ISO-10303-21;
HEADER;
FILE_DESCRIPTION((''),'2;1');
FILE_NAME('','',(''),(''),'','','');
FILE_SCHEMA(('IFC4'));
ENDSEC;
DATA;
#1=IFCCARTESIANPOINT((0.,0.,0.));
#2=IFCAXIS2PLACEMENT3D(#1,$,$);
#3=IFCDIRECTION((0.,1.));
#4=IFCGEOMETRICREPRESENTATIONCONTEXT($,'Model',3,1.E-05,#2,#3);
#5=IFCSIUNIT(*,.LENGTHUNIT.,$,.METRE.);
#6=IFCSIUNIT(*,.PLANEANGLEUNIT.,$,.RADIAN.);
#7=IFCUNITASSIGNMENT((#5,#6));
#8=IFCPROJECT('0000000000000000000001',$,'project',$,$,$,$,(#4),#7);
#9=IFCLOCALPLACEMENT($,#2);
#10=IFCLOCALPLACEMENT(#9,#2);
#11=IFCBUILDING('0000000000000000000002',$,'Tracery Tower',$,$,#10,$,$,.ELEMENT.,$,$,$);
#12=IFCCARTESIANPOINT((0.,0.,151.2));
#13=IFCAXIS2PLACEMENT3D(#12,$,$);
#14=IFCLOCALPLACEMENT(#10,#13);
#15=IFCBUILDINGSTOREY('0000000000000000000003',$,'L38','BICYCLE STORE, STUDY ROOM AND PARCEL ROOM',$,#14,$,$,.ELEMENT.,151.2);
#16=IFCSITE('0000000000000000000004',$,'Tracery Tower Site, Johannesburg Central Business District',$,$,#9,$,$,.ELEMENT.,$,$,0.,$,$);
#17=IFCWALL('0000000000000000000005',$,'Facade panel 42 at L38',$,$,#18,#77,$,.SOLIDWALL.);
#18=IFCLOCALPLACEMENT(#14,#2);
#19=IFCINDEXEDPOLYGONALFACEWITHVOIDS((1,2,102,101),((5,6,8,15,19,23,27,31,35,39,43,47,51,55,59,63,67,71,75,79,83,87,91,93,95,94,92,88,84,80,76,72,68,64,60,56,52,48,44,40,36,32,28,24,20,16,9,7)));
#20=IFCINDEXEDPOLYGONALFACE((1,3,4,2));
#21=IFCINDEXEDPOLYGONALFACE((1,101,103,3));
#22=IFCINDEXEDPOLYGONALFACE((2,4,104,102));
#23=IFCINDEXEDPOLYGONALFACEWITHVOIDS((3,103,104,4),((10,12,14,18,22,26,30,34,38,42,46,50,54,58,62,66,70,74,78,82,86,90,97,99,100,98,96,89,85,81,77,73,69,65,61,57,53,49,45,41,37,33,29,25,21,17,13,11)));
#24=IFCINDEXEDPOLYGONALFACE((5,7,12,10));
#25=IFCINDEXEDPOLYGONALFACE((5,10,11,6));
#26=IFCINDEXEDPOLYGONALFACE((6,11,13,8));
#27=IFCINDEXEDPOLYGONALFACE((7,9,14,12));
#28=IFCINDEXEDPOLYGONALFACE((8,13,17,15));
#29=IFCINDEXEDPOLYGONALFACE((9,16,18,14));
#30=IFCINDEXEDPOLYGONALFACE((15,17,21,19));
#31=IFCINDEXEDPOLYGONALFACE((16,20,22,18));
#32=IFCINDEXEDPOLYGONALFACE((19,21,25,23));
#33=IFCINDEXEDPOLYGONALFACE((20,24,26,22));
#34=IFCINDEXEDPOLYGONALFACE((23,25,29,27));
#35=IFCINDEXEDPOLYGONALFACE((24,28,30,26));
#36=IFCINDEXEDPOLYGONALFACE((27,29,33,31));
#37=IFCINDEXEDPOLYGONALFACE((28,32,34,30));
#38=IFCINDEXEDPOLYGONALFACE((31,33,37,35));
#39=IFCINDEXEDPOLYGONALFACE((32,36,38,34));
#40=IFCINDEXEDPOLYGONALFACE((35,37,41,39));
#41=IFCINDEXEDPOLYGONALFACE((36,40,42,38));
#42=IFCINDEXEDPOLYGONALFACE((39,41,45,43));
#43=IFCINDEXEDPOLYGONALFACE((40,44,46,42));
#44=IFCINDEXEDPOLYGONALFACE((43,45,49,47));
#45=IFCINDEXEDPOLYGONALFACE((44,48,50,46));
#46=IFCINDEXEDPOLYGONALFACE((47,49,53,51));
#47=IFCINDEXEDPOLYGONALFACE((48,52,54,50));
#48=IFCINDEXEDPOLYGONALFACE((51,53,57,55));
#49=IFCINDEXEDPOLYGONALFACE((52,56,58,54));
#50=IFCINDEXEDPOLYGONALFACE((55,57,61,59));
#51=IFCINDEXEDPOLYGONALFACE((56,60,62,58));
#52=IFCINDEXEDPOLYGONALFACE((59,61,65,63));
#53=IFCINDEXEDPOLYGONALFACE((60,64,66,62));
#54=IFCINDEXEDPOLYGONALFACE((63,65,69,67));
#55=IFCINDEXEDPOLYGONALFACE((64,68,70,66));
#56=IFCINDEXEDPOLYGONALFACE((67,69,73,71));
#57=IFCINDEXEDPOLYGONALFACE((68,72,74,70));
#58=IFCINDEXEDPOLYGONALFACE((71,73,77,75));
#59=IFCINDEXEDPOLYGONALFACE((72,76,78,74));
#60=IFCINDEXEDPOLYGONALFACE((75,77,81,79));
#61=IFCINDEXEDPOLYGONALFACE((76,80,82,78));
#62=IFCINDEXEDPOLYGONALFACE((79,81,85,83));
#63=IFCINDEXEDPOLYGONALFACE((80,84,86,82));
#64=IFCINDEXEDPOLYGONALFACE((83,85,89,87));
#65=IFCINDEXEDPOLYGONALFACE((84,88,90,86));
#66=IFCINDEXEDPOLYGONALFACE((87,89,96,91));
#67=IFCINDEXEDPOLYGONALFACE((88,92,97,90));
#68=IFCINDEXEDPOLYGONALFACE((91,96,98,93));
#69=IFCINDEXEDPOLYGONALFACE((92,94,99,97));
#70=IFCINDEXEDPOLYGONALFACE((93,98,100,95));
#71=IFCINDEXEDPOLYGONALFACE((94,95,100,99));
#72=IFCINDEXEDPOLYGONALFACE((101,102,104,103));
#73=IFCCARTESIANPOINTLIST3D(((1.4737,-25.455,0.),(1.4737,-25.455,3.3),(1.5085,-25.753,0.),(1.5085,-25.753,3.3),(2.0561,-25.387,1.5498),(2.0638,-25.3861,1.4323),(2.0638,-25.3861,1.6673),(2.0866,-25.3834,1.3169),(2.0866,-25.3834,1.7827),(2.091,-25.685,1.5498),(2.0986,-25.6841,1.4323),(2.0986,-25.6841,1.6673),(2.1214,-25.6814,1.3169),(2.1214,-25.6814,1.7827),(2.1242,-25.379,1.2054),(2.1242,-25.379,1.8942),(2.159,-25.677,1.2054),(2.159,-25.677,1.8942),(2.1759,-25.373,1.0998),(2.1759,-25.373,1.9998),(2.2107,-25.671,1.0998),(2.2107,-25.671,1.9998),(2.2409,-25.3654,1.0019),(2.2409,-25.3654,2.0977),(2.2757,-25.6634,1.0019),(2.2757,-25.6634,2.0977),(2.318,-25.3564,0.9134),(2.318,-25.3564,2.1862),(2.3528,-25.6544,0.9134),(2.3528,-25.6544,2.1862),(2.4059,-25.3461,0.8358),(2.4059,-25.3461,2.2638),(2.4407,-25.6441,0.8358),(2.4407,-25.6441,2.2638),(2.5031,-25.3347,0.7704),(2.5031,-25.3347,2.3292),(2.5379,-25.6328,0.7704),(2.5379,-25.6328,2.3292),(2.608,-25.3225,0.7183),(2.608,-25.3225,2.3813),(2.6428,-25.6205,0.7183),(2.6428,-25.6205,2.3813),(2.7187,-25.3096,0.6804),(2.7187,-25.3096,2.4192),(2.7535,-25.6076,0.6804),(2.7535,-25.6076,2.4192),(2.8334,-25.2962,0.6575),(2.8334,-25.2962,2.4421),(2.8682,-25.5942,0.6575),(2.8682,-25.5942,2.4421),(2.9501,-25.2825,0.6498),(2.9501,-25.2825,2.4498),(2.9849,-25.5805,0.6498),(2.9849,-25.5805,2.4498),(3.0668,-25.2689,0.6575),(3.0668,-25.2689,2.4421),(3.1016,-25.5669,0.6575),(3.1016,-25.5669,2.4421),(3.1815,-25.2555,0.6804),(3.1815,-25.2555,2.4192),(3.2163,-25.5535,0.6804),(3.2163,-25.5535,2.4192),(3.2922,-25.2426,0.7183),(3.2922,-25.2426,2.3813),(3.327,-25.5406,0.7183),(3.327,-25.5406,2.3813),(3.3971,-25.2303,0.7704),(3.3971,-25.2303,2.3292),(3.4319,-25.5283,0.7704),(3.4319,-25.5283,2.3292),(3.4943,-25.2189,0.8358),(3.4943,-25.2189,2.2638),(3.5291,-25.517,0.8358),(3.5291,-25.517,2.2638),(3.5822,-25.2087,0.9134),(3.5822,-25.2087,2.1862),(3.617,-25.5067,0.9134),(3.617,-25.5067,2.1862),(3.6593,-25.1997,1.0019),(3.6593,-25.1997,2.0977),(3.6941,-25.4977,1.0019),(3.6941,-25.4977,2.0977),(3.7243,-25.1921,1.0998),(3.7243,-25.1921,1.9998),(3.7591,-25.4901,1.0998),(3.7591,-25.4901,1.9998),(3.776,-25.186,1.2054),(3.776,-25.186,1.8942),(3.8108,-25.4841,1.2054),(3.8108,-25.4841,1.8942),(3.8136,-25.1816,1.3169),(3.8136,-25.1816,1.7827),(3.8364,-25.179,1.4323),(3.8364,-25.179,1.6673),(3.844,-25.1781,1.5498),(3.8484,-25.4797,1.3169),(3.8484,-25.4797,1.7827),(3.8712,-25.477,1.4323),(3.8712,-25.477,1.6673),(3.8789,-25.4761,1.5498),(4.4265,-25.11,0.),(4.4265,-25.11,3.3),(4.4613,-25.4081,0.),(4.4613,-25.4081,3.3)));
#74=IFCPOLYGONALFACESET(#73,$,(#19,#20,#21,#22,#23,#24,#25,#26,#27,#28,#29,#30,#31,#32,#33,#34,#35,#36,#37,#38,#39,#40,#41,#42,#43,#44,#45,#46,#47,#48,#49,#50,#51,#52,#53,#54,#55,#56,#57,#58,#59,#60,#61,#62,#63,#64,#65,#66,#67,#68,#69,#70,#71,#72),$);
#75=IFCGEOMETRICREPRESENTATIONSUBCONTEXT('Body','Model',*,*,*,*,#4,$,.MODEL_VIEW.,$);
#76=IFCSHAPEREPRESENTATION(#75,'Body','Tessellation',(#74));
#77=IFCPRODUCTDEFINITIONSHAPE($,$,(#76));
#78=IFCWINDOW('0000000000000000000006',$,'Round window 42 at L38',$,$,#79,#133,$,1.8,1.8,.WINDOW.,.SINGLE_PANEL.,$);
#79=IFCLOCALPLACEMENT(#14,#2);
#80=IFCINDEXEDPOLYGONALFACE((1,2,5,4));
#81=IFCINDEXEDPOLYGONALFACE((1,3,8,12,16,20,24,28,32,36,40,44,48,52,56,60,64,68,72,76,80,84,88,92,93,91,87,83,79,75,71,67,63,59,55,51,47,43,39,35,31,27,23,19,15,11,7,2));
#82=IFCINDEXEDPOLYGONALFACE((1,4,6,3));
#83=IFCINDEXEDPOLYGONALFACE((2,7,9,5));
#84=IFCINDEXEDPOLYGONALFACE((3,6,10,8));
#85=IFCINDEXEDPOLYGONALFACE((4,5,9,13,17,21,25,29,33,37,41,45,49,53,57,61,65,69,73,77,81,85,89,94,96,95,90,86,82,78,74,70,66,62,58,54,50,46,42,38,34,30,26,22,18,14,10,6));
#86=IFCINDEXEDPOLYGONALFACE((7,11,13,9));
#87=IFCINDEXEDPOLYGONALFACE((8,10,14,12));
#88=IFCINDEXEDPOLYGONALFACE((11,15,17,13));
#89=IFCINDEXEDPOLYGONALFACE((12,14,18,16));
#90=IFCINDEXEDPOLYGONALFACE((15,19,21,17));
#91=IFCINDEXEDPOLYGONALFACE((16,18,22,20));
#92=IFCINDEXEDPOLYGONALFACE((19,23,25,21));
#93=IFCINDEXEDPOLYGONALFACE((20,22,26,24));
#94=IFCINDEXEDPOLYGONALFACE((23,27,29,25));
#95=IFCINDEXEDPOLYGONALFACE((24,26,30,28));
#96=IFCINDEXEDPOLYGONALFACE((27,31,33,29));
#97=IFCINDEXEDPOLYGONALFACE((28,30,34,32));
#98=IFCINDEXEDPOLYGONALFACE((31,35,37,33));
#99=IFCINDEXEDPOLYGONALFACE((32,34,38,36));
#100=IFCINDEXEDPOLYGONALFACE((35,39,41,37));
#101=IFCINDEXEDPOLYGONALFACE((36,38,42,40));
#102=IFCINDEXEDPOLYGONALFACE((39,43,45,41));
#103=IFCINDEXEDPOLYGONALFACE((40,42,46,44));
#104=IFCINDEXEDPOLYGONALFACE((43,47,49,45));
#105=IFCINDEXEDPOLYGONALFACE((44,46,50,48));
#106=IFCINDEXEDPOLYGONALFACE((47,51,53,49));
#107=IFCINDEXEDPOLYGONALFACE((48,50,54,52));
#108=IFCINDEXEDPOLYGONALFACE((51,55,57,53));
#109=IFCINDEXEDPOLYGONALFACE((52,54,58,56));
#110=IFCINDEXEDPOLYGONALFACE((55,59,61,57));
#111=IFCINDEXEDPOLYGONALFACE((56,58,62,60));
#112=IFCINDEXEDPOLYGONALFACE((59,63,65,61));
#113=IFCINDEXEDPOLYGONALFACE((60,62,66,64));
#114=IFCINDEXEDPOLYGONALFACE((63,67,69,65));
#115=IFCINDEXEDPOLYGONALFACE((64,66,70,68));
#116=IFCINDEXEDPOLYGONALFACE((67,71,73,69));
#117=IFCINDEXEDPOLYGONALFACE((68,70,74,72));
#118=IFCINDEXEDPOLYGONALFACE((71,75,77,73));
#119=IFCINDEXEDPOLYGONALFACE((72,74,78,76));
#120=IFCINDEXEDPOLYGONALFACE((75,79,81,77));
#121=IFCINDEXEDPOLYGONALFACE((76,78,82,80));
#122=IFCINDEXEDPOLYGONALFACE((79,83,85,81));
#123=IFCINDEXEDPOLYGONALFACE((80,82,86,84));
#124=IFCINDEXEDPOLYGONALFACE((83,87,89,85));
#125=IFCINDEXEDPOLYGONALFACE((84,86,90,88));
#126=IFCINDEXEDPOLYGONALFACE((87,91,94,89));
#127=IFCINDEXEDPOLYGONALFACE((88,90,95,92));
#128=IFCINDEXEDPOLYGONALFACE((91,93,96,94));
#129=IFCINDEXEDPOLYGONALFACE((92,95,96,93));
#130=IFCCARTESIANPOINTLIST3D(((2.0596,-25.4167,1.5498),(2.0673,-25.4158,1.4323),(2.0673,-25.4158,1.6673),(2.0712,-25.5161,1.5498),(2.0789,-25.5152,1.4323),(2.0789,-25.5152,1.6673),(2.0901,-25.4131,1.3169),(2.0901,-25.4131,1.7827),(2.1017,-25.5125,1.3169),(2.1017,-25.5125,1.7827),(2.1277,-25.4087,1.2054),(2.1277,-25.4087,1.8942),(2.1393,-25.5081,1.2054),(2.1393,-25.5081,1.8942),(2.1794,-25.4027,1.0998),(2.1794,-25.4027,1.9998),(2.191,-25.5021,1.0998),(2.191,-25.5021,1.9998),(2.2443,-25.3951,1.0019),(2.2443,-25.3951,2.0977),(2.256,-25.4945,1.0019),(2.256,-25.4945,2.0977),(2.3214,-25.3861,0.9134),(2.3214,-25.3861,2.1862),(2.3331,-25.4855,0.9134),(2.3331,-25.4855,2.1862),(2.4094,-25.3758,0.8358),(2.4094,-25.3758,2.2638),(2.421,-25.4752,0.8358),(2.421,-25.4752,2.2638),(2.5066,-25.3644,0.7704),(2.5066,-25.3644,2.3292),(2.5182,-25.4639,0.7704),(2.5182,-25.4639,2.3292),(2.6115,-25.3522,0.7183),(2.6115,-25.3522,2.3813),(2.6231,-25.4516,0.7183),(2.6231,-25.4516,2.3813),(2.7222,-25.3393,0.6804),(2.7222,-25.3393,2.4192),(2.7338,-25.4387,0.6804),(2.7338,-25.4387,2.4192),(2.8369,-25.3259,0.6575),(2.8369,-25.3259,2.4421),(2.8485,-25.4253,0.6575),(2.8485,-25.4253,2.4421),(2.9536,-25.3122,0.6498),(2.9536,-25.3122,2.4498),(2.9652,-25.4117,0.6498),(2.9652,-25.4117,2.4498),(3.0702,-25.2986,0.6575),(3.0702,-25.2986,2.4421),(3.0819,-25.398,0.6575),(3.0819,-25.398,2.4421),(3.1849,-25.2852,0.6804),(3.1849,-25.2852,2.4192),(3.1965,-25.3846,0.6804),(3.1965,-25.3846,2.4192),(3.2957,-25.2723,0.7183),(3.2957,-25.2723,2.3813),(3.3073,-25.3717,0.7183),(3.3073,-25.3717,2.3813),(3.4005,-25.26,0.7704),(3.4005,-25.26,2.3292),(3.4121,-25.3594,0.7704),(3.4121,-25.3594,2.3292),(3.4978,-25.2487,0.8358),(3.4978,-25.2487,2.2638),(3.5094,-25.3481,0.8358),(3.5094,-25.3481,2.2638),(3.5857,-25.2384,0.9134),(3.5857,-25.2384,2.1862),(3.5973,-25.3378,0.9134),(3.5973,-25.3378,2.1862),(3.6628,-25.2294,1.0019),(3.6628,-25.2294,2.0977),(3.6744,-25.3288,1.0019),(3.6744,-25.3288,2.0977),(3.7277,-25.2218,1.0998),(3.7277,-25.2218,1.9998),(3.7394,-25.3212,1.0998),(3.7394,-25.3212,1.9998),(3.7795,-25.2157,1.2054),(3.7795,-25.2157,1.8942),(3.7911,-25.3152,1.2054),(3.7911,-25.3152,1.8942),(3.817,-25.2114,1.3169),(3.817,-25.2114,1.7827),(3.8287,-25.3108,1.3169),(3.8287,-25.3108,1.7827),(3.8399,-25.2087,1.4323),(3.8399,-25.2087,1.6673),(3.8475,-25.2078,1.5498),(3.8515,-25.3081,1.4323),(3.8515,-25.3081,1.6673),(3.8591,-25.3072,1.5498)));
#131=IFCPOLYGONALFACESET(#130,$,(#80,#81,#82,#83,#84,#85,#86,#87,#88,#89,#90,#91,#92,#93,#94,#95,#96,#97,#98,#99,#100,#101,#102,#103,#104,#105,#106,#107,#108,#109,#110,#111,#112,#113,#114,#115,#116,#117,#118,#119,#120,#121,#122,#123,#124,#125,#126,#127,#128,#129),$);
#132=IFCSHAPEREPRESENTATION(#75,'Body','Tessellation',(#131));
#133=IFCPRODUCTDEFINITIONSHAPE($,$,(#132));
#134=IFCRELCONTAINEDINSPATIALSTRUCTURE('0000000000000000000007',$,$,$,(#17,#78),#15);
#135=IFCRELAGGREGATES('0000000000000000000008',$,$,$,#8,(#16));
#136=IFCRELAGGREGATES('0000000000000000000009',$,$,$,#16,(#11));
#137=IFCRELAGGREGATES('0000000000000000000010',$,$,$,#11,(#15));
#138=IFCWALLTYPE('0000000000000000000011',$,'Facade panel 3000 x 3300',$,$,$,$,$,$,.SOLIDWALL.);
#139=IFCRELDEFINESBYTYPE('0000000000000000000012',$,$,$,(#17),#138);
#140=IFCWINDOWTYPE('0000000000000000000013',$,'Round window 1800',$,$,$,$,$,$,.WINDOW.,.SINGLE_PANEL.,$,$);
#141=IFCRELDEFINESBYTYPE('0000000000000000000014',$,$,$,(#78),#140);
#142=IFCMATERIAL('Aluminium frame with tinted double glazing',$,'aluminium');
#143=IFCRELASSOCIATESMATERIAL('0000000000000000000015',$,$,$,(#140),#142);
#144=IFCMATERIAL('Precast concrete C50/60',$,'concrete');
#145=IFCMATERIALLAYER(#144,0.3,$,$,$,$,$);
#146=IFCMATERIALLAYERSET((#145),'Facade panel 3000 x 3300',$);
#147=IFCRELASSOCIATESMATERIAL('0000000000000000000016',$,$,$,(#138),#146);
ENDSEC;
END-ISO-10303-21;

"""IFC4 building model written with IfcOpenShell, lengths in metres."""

from ifc_helpers import new_model, si_unit, direction, frame, frame_2d, origin, origin_2d, place, context, subcontext, project, spatial, rectangle, circle, extrude, material, layer, layer_set, type_object, element, fill, save


model = new_model("IFC4")

# Units and contexts
model_context = context("Model", 3, precision=1e-05, world=origin(), true_north=direction((0.0, 1.0)))
body_context = subcontext(model_context, "Body", "Model", "MODEL_VIEW")
ifc_project = project(units=[si_unit("LENGTHUNIT", "METRE"), si_unit("PLANEANGLEUNIT", "RADIAN")], contexts=[model_context])

# Site, building, storey
site_placement = place(None, origin())
site = spatial("IfcSite", under=ifc_project, at=site_placement, Name="Tracery Tower Site, Johannesburg Central Business District", CompositionType="ELEMENT", RefElevation=0.0)
building_placement = place(site_placement, origin())
building = spatial("IfcBuilding", under=site, at=building_placement, Name="Tracery Tower", CompositionType="ELEMENT")
storey_placement = place(building_placement, frame((0.0, 0.0, 151.2)))
storey = spatial("IfcBuildingStorey", under=building, at=storey_placement, Name="L38", Description="BICYCLE STORE, STUDY ROOM AND PARCEL ROOM", CompositionType="ELEMENT", Elevation=151.2)

# Wall, opening, window
ifc_material_1 = material(Name="Aluminium frame with tinted double glazing", Category="aluminium")
window_type = type_object("IfcWindowType", Name="Round window 1800", PartitioningType="SINGLE_PANEL", PredefinedType="WINDOW", material=ifc_material_1)
ifc_material_2 = material(Name="Precast concrete C50/60", Category="concrete")
ifc_layer_1 = layer(ifc_material_2, 0.3)
ifc_layer_set_1 = layer_set([ifc_layer_1], Name="Facade panel 3000 x 3300")
wall_type_1 = type_object("IfcWallType", Name="Facade panel 3000 x 3300", PredefinedType="SOLIDWALL", material=ifc_layer_set_1)
wall_1_placement = place(storey_placement, frame((1.4912, -25.604, 0.0), z_axis=(0.0, 0.0, 1.0), x_axis=(0.993245, 0.116036, 0.0)))
wall_1 = element("IfcWall", 1, at=wall_1_placement, inside=storey, type_object=wall_type_1, Name="Facade panel 42 at L38", PredefinedType="SOLIDWALL", context=body_context, shape_type="SweptSolid", body=[
    extrude(rectangle(XDim=2.9729, YDim=0.3, at=frame_2d((1.4863, 0.0))), origin(), (0.0, 0.0, 1.0), 3.3),
])
opening_1_placement = place(wall_1_placement, frame((1.4863, 0.0, 1.5498)))
opening_1 = element("IfcOpeningElement", 2, at=opening_1_placement, cuts=wall_1, PredefinedType="OPENING", context=body_context, shape_type="SweptSolid", body=[
    extrude(circle(Radius=0.9, at=origin_2d()), frame((0.0, 0.1599, 0.0), z_axis=(0.0, -1.0, 0.0), x_axis=(1.0, 0.0, 0.0)), (0.0, 0.0, 1.0), 0.3201),
])
window_1_placement = place(opening_1_placement, origin())
window_1 = element("IfcWindow", 3, at=window_1_placement, inside=storey, type_object=window_type, Name="Round window 42 at L38", OverallHeight=1.8, OverallWidth=1.8, PartitioningType="SINGLE_PANEL", PredefinedType="WINDOW", context=body_context, shape_type="SweptSolid", body=[
    extrude(circle(Radius=0.9, at=origin_2d()), frame((0.0, 0.1201, 0.0), z_axis=(0.0, -1.0, 0.0), x_axis=(1.0, 0.0, 0.0)), (0.0, 0.0, 1.0), 0.1001),
])
fill(opening_1, window_1)

save(model, "model.ifc")
